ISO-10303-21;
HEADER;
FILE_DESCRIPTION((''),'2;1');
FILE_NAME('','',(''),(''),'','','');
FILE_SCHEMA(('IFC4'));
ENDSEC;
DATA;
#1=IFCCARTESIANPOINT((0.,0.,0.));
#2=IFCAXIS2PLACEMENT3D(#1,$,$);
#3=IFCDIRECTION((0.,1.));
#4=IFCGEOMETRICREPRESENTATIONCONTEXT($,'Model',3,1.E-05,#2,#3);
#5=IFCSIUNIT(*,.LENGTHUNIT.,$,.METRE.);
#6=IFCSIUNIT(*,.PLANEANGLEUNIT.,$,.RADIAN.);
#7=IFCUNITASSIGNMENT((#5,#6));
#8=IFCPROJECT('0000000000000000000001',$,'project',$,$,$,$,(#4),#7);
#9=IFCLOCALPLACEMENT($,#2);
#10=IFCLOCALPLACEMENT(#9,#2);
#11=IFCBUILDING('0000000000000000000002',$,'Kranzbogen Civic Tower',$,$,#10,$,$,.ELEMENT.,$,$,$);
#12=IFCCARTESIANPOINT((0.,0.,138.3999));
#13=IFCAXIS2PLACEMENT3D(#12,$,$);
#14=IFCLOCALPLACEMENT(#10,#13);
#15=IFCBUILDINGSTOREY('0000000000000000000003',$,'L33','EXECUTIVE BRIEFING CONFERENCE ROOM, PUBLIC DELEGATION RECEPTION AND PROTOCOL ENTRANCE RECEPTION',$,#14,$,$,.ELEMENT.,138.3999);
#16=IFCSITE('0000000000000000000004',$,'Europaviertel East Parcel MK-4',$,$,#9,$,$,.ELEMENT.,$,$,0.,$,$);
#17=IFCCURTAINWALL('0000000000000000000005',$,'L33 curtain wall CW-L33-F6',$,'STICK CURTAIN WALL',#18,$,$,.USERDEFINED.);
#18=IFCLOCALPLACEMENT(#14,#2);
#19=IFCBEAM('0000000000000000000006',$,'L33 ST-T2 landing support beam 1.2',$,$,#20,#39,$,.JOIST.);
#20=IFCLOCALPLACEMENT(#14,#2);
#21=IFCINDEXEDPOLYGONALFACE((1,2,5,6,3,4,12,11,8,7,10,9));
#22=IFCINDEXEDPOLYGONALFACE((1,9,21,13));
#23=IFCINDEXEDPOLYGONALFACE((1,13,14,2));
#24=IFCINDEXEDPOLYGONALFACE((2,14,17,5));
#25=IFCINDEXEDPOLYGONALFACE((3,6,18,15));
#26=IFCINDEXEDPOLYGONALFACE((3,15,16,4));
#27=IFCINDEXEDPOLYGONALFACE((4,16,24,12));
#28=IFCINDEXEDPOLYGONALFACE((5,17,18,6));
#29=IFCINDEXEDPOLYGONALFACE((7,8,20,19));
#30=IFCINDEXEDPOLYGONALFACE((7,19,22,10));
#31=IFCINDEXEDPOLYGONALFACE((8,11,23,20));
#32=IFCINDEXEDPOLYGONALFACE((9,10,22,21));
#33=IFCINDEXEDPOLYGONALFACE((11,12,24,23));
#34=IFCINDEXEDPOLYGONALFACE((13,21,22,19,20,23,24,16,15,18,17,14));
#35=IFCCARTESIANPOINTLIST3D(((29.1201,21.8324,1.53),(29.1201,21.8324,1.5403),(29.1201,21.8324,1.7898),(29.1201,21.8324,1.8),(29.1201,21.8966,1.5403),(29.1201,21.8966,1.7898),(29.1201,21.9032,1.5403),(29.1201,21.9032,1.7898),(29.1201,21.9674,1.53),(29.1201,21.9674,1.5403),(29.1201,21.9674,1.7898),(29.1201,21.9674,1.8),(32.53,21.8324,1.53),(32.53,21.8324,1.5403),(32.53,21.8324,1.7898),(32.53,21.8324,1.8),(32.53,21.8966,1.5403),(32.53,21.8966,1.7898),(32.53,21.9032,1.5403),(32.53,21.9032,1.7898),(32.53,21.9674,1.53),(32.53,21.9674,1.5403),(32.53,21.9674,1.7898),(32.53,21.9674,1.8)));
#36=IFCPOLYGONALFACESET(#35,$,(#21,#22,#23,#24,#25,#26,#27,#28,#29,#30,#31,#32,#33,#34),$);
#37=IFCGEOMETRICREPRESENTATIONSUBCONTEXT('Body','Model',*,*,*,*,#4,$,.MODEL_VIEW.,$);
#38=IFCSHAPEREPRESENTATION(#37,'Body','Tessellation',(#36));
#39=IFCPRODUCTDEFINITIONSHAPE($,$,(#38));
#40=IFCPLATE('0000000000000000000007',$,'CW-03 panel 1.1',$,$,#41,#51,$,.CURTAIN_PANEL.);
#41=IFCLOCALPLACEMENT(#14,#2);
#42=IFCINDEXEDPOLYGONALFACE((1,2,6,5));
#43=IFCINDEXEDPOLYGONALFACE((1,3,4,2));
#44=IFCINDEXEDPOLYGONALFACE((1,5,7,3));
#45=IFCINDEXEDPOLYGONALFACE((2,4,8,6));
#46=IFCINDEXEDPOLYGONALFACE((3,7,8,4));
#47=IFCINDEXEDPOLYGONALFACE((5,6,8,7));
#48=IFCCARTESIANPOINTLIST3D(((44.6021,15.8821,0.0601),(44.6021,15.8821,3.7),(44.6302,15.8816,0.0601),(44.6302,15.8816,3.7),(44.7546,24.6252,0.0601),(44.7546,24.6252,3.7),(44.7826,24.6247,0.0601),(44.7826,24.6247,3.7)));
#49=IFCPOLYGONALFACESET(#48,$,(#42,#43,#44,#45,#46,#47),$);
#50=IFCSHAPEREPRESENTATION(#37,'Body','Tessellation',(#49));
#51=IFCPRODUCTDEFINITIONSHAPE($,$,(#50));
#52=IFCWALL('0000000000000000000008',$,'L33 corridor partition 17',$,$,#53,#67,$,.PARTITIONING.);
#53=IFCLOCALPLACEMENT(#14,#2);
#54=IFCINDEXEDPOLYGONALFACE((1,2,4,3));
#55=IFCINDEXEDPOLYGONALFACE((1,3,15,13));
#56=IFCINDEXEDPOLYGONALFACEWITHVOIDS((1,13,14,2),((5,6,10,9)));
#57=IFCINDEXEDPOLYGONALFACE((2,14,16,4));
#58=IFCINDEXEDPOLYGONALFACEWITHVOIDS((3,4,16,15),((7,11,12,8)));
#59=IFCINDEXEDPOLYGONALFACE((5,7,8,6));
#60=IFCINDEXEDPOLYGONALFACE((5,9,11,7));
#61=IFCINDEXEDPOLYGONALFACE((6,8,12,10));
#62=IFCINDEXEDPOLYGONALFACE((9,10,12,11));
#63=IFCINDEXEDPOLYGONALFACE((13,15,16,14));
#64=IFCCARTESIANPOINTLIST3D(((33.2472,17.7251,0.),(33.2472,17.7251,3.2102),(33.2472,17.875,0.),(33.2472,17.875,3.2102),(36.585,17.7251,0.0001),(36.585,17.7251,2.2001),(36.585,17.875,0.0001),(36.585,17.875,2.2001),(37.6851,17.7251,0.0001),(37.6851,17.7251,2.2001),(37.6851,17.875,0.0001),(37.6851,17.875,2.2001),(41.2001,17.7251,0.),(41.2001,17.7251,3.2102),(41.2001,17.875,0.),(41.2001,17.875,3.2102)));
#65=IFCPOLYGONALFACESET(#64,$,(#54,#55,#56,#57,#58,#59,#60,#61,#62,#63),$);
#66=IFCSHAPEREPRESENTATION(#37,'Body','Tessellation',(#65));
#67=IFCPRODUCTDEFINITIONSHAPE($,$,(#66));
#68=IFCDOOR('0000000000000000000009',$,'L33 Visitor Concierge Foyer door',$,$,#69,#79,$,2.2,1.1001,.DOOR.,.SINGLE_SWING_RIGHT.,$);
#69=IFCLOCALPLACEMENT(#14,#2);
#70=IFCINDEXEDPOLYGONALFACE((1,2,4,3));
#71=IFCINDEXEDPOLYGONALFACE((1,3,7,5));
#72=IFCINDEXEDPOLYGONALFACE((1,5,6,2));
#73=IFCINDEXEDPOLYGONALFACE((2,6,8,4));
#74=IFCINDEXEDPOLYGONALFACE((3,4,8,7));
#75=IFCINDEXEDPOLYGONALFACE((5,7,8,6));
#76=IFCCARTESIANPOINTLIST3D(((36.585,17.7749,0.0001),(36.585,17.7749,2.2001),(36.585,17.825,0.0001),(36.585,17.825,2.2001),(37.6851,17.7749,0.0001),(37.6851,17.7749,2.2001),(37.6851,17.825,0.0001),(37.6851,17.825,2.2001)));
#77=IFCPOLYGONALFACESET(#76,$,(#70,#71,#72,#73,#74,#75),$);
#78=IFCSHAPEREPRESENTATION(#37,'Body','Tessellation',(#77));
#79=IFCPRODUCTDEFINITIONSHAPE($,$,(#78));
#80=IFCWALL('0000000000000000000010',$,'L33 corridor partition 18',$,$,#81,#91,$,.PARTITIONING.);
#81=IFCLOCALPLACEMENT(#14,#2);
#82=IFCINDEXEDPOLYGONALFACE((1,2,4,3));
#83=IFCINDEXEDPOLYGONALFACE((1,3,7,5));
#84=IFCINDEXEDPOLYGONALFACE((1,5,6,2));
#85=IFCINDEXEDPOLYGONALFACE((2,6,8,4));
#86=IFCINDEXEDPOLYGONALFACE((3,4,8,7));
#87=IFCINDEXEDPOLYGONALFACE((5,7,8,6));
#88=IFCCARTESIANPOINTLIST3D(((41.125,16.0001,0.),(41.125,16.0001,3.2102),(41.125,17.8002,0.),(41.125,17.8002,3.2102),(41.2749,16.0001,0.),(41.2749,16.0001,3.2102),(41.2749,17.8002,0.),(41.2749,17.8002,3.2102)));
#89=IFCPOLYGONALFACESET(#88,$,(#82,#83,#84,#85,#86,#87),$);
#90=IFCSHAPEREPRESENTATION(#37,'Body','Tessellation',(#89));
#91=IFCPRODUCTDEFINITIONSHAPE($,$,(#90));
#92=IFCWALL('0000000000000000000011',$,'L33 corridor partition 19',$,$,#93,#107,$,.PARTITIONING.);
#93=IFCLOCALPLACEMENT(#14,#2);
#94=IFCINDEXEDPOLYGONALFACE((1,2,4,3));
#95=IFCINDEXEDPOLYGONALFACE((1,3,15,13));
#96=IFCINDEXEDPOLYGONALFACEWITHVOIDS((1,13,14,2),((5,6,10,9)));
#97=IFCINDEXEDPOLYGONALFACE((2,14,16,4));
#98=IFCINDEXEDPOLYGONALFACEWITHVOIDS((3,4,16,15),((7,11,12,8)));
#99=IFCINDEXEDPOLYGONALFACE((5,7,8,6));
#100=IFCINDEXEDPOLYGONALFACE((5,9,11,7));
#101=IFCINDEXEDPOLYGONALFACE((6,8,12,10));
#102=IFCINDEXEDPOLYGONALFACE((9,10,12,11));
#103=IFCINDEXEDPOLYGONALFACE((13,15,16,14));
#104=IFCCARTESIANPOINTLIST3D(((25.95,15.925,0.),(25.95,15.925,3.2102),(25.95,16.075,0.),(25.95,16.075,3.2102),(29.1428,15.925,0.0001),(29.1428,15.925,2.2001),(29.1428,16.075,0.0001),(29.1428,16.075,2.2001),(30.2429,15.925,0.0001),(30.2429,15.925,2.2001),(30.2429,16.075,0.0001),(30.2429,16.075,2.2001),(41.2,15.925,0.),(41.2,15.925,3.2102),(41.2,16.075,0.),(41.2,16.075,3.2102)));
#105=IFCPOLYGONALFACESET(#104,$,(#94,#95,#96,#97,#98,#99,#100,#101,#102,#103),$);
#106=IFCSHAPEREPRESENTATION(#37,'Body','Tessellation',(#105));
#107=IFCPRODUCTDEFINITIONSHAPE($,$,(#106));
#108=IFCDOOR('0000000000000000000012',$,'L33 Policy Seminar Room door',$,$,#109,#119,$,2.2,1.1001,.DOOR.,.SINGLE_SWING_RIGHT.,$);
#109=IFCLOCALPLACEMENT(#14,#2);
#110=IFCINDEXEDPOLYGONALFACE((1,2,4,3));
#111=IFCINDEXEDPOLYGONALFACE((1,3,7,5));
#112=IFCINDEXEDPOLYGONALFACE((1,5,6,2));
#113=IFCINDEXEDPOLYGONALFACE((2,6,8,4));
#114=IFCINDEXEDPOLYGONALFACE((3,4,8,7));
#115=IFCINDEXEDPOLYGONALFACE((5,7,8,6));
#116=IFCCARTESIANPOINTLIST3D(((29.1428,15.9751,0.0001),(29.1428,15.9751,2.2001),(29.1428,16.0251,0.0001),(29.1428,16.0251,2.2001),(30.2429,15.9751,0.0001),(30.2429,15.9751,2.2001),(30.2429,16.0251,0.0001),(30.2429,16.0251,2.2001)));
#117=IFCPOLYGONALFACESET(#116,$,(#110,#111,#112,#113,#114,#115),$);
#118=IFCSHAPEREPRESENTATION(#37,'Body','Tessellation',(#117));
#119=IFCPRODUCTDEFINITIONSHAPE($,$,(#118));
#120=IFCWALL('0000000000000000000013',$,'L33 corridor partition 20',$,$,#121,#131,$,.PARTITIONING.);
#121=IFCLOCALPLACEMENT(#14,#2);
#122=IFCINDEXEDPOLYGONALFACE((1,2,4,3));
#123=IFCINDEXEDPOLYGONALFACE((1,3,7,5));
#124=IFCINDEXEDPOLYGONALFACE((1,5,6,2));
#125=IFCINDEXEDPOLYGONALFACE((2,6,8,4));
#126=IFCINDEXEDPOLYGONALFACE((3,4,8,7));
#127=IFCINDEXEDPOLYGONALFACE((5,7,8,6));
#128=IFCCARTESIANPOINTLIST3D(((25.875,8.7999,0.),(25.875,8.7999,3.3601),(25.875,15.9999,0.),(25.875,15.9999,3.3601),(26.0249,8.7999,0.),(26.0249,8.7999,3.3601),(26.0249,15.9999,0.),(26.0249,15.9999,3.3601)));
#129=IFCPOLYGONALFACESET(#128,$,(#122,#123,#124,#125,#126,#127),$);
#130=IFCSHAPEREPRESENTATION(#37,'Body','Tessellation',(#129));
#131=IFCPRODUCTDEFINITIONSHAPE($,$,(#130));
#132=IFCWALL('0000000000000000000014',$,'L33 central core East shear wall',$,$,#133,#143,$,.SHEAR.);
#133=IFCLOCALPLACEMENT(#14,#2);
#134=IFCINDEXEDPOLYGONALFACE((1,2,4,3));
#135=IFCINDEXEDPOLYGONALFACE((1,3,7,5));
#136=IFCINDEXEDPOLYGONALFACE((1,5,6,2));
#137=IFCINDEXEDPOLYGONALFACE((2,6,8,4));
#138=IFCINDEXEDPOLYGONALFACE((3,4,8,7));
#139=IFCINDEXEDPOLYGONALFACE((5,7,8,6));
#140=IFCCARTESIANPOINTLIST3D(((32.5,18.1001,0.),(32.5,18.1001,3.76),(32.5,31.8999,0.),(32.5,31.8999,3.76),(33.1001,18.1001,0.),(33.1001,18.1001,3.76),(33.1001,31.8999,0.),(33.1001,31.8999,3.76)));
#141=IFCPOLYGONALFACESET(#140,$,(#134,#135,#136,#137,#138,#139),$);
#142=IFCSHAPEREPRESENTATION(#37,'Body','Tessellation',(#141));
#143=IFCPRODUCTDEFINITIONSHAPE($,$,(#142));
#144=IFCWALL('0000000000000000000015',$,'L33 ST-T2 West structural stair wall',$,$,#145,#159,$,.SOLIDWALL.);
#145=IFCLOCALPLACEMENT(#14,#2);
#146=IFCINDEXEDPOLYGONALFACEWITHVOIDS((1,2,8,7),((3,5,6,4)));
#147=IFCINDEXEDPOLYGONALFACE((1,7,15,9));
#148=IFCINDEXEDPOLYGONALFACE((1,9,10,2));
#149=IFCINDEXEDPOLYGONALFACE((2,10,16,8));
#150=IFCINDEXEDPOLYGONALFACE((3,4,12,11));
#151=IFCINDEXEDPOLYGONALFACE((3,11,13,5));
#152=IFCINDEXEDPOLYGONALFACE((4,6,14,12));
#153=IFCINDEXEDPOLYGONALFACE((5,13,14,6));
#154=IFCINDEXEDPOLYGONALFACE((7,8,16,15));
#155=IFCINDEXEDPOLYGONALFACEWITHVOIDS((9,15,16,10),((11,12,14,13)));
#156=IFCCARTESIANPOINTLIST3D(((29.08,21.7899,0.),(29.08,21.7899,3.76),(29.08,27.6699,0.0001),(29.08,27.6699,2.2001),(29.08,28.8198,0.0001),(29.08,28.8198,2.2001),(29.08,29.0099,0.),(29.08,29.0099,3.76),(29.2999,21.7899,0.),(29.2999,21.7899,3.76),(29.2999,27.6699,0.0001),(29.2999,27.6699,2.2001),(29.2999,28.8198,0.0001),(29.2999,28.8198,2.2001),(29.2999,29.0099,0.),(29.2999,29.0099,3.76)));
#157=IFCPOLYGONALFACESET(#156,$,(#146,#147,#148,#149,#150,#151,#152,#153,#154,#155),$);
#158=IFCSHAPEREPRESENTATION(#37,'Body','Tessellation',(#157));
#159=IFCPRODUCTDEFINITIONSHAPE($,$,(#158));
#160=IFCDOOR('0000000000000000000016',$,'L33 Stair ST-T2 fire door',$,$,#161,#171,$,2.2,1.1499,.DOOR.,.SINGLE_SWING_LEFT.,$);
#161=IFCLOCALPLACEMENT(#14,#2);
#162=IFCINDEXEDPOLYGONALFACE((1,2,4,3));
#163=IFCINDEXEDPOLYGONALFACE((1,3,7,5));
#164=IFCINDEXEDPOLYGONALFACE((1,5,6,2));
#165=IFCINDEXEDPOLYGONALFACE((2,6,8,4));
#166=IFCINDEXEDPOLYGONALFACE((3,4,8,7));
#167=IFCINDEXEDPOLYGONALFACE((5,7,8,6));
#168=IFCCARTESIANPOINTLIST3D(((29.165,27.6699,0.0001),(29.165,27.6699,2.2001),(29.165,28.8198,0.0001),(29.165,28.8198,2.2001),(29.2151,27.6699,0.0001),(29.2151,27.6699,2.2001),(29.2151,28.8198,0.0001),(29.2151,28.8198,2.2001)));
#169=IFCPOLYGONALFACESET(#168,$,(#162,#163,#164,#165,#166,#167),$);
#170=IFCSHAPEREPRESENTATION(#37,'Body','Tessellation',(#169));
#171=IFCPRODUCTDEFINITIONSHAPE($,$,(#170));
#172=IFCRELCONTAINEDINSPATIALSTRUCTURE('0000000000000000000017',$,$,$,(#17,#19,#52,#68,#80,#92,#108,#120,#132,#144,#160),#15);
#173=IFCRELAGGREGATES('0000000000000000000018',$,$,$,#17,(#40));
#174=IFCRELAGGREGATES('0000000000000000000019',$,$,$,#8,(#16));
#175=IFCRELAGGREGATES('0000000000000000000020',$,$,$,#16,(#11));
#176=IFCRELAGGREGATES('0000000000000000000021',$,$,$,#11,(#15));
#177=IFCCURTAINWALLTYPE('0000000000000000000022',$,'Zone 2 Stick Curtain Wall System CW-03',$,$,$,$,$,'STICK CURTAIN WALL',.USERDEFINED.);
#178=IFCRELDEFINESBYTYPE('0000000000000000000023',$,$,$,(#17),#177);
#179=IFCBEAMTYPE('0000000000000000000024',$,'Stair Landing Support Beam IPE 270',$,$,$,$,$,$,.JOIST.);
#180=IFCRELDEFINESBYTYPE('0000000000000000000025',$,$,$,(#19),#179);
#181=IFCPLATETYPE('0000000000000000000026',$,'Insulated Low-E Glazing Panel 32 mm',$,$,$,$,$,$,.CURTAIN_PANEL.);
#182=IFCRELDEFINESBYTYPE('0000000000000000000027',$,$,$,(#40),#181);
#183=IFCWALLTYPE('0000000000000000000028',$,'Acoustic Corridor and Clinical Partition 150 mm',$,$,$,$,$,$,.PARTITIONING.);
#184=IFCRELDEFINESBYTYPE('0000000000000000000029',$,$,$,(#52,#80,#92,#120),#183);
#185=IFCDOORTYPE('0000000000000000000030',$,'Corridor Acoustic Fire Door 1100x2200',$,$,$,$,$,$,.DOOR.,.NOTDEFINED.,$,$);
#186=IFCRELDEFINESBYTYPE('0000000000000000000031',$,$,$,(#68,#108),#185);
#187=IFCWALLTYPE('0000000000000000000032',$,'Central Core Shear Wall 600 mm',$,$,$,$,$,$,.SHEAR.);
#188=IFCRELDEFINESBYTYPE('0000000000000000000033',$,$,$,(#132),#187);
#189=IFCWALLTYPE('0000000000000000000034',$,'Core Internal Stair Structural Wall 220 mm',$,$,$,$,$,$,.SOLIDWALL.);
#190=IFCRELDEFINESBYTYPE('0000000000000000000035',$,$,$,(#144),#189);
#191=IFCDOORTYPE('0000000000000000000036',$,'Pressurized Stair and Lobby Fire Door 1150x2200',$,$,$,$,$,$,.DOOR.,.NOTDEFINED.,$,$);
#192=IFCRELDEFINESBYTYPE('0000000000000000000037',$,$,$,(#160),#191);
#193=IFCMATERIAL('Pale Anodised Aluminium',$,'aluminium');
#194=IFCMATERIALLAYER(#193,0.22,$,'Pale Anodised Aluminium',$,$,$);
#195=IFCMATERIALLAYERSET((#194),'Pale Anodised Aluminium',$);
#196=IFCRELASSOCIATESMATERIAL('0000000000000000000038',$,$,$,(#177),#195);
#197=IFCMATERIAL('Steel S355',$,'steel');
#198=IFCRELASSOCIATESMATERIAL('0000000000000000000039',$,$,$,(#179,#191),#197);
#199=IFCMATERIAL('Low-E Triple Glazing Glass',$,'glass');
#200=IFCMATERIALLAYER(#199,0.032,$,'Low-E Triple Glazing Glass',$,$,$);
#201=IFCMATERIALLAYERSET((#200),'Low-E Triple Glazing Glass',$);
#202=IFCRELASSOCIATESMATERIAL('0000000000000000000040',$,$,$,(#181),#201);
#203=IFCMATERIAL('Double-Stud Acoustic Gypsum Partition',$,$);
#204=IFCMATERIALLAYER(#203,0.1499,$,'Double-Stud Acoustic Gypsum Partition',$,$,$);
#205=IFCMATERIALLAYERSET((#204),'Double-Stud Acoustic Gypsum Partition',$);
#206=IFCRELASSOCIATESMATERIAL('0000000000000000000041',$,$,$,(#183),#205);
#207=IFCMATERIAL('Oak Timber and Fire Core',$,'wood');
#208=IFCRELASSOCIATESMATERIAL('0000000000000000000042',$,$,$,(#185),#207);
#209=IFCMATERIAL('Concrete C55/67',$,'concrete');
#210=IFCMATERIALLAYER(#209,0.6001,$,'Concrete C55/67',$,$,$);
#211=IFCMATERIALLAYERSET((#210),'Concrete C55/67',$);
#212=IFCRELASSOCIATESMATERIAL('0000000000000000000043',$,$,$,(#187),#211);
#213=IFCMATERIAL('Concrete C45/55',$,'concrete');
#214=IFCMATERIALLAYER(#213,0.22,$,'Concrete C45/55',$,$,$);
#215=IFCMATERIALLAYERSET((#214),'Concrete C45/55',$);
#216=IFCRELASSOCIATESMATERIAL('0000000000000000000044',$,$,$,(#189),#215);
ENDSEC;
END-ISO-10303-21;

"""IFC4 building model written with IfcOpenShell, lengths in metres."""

from ifc_helpers import new_model, si_unit, direction, frame, frame_2d, origin, origin_2d, place, context, subcontext, project, spatial, rectangle, i_section, extrude, material, layer, layer_set, material_profile, profile_set, type_object, element, fill, aggregate, save


model = new_model("IFC4")

# Units and contexts
model_context = context("Model", 3, precision=1e-05, world=origin(), true_north=direction((0.0, 1.0)))
body_context = subcontext(model_context, "Body", "Model", "MODEL_VIEW")
ifc_project = project(units=[si_unit("LENGTHUNIT", "METRE"), si_unit("PLANEANGLEUNIT", "RADIAN")], contexts=[model_context])

# Site, building, storey
site_placement = place(None, origin())
site = spatial("IfcSite", under=ifc_project, at=site_placement, Name="Europaviertel East Parcel MK-4", CompositionType="ELEMENT", RefElevation=0.0)
building_placement = place(site_placement, origin())
building = spatial("IfcBuilding", under=site, at=building_placement, Name="Kranzbogen Civic Tower", CompositionType="ELEMENT")
storey_placement = place(building_placement, frame((0.0, 0.0, 138.3999)))
storey = spatial("IfcBuildingStorey", under=building, at=storey_placement, Name="L33", Description="EXECUTIVE BRIEFING CONFERENCE ROOM, PUBLIC DELEGATION RECEPTION AND PROTOCOL ENTRANCE RECEPTION", CompositionType="ELEMENT", Elevation=138.3999)

# Shared definitions
ifc_material_1 = material(Name="Steel S355", Category="steel")

# Curtain wall
ifc_material_2 = material(Name="Pale Anodised Aluminium", Category="aluminium")
ifc_layer_1 = layer(ifc_material_2, 0.22, Name="Pale Anodised Aluminium")
ifc_layer_set_1 = layer_set([ifc_layer_1], Name="Pale Anodised Aluminium")
curtain_wall_type = type_object("IfcCurtainWallType", Name="Zone 2 Stick Curtain Wall System CW-03", ElementType="STICK CURTAIN WALL", PredefinedType="USERDEFINED", material=ifc_layer_set_1)
curtain_wall_placement = place(storey_placement, origin())
curtain_wall = element("IfcCurtainWall", 1, at=curtain_wall_placement, inside=storey, type_object=curtain_wall_type, Name="L33 curtain wall CW-L33-F6", ObjectType="STICK CURTAIN WALL", PredefinedType="USERDEFINED")

# Beam
ifc_material_profile_1 = material_profile(ifc_material_1, i_section(OverallWidth=0.135, OverallDepth=0.27, WebThickness=0.0066, FlangeThickness=0.0103, at=origin_2d()), Name="IPE 270")
ifc_profile_set_1 = profile_set([ifc_material_profile_1], Name="Steel S355")
beam_type_1 = type_object("IfcBeamType", Name="Stair Landing Support Beam IPE 270", PredefinedType="JOIST", material=ifc_profile_set_1)
for number, where, z_axis, x_axis, name in (
    (2, (29.1201, 21.8999, 1.665), (1.0, 0.0, 0.0), (0.0, 1.0, 0.0), "L33 ST-T2 landing support beam 1.2"),
):
    element("IfcBeam", number, at=place(storey_placement, frame(where, z_axis=z_axis, x_axis=x_axis)), inside=storey, type_object=beam_type_1, Name=name, PredefinedType="JOIST", context=body_context, shape_type="SweptSolid", body=[
        extrude(i_section(OverallWidth=0.135, OverallDepth=0.27, WebThickness=0.0066, FlangeThickness=0.0103, at=origin_2d()), origin(), (0.0, 0.0, 1.0), 3.4099),
    ])

# Plate
ifc_material_3 = material(Name="Low-E Triple Glazing Glass", Category="glass")
ifc_layer_2 = layer(ifc_material_3, 0.032, Name="Low-E Triple Glazing Glass")
ifc_layer_set_2 = layer_set([ifc_layer_2], Name="Low-E Triple Glazing Glass")
plate_type = type_object("IfcPlateType", Name="Insulated Low-E Glazing Panel 32 mm", PredefinedType="CURTAIN_PANEL", material=ifc_layer_set_2)
plate_placement = place(storey_placement, frame((44.6924, 20.2534, 0.0601), z_axis=(0.0, 0.0, 1.0), x_axis=(0.017432, 0.999848, 0.0)))
plate = element("IfcPlate", 3, at=plate_placement, type_object=plate_type, Name="CW-03 panel 1.1", PredefinedType="CURTAIN_PANEL", context=body_context, shape_type="SweptSolid", body=[
    extrude(rectangle(XDim=8.7444, YDim=0.0281, at=origin_2d()), origin(), (0.0, 0.0, 1.0), 3.6399),
])
aggregate(curtain_wall, [plate])

# Wall, opening, door
ifc_material_4 = material(Name="Double-Stud Acoustic Gypsum Partition")
ifc_layer_3 = layer(ifc_material_4, 0.1499, Name="Double-Stud Acoustic Gypsum Partition")
ifc_layer_set_3 = layer_set([ifc_layer_3], Name="Double-Stud Acoustic Gypsum Partition")
wall_type_1 = type_object("IfcWallType", Name="Acoustic Corridor and Clinical Partition 150 mm", PredefinedType="PARTITIONING", material=ifc_layer_set_3)
wall_1_placement = place(storey_placement, frame((33.2471, 17.8, 0.0), z_axis=(0.0, 0.0, 1.0), x_axis=(1.0, 0.0, 0.0)))
wall_1 = element("IfcWall", 4, at=wall_1_placement, inside=storey, type_object=wall_type_1, Name="L33 corridor partition 17", PredefinedType="PARTITIONING", context=body_context, shape_type="SweptSolid", body=[
    extrude(rectangle(XDim=7.9529, YDim=0.1499, at=frame_2d((3.9766, 0.0))), origin(), (0.0, 0.0, 1.0), 3.2102),
])
opening_1_placement = place(wall_1_placement, frame((3.3379, 0.0, 0.0)))
opening_1 = element("IfcOpeningElement", 5, at=opening_1_placement, cuts=wall_1, PredefinedType="OPENING", context=body_context, shape_type="SweptSolid", body=[
    extrude(rectangle(XDim=1.1001, YDim=2.2, at=frame_2d((0.55, 1.1001))), frame((0.0, 0.085, 0.0), z_axis=(0.0, -1.0, 0.0), x_axis=(1.0, 0.0, 0.0)), (0.0, 0.0, 1.0), 0.1699),
])
ifc_material_5 = material(Name="Oak Timber and Fire Core", Category="wood")
door_type_1 = type_object("IfcDoorType", Name="Corridor Acoustic Fire Door 1100x2200", OperationType="NOTDEFINED", PredefinedType="DOOR", material=ifc_material_5)
door_1_placement = place(opening_1_placement, origin())
door_1 = element("IfcDoor", 6, at=door_1_placement, inside=storey, type_object=door_type_1, Name="L33 Visitor Concierge Foyer door", OperationType="SINGLE_SWING_RIGHT", OverallHeight=2.2, OverallWidth=1.1001, PredefinedType="DOOR", context=body_context, shape_type="SweptSolid", body=[
    extrude(rectangle(XDim=1.1001, YDim=2.2, at=frame_2d((0.55, 1.1001))), frame((0.0, 0.0249, 0.0), z_axis=(0.0, -1.0, 0.0), x_axis=(1.0, 0.0, 0.0)), (0.0, 0.0, 1.0), 0.05),
])
fill(opening_1, door_1)

# Wall
wall_2_placement = place(storey_placement, frame((41.2, 17.8, 0.0), z_axis=(0.0, 0.0, 1.0), x_axis=(0.0, -1.0, 0.0)))
element("IfcWall", 7, at=wall_2_placement, inside=storey, type_object=wall_type_1, Name="L33 corridor partition 18", PredefinedType="PARTITIONING", context=body_context, shape_type="SweptSolid", body=[
    extrude(rectangle(XDim=1.8, YDim=0.1499, at=frame_2d((0.8999, 0.0))), origin(), (0.0, 0.0, 1.0), 3.2102),
])

# Wall, opening, door
wall_3_placement = place(storey_placement, frame((41.2, 16.0, 0.0), z_axis=(0.0, 0.0, 1.0), x_axis=(-1.0, 0.0, 0.0)))
wall_3 = element("IfcWall", 8, at=wall_3_placement, inside=storey, type_object=wall_type_1, Name="L33 corridor partition 19", PredefinedType="PARTITIONING", context=body_context, shape_type="SweptSolid", body=[
    extrude(rectangle(XDim=15.25, YDim=0.1499, at=frame_2d((7.625, 0.0))), origin(), (0.0, 0.0, 1.0), 3.2102),
])
opening_2_placement = place(wall_3_placement, frame((10.957, 0.0, 0.0)))
opening_2 = element("IfcOpeningElement", 9, at=opening_2_placement, cuts=wall_3, PredefinedType="OPENING", context=body_context, shape_type="SweptSolid", body=[
    extrude(rectangle(XDim=1.1001, YDim=2.2, at=frame_2d((0.55, 1.1001))), frame((0.0, 0.085, 0.0), z_axis=(0.0, -1.0, 0.0), x_axis=(1.0, 0.0, 0.0)), (0.0, 0.0, 1.0), 0.1699),
])
door_2_placement = place(opening_2_placement, origin())
door_2 = element("IfcDoor", 10, at=door_2_placement, inside=storey, type_object=door_type_1, Name="L33 Policy Seminar Room door", OperationType="SINGLE_SWING_RIGHT", OverallHeight=2.2, OverallWidth=1.1001, PredefinedType="DOOR", context=body_context, shape_type="SweptSolid", body=[
    extrude(rectangle(XDim=1.1001, YDim=2.2, at=frame_2d((0.55, 1.1001))), frame((0.0, 0.0249, 0.0), z_axis=(0.0, -1.0, 0.0), x_axis=(1.0, 0.0, 0.0)), (0.0, 0.0, 1.0), 0.05),
])
fill(opening_2, door_2)

# Walls
wall_4_placement = place(storey_placement, frame((25.95, 16.0, 0.0), z_axis=(0.0, 0.0, 1.0), x_axis=(0.0, -1.0, 0.0)))
element("IfcWall", 11, at=wall_4_placement, inside=storey, type_object=wall_type_1, Name="L33 corridor partition 20", PredefinedType="PARTITIONING", context=body_context, shape_type="SweptSolid", body=[
    extrude(rectangle(XDim=7.2, YDim=0.1499, at=frame_2d((3.6001, 0.0))), origin(), (0.0, 0.0, 1.0), 3.3601),
])
ifc_material_6 = material(Name="Concrete C55/67", Category="concrete")
ifc_layer_4 = layer(ifc_material_6, 0.6001, Name="Concrete C55/67")
ifc_layer_set_4 = layer_set([ifc_layer_4], Name="Concrete C55/67")
wall_type_2 = type_object("IfcWallType", Name="Central Core Shear Wall 600 mm", PredefinedType="SHEAR", material=ifc_layer_set_4)
wall_5_placement = place(storey_placement, frame((32.8, 18.1001, 0.0), z_axis=(0.0, 0.0, 1.0), x_axis=(0.0, 1.0, 0.0)))
element("IfcWall", 12, at=wall_5_placement, inside=storey, type_object=wall_type_2, Name="L33 central core East shear wall", PredefinedType="SHEAR", context=body_context, shape_type="SweptSolid", body=[
    extrude(rectangle(XDim=13.7998, YDim=0.6001, at=frame_2d((6.8999, 0.0))), origin(), (0.0, 0.0, 1.0), 3.76),
])

# Wall, opening, door
ifc_material_7 = material(Name="Concrete C45/55", Category="concrete")
ifc_layer_5 = layer(ifc_material_7, 0.22, Name="Concrete C45/55")
ifc_layer_set_5 = layer_set([ifc_layer_5], Name="Concrete C45/55")
wall_type_3 = type_object("IfcWallType", Name="Core Internal Stair Structural Wall 220 mm", PredefinedType="SOLIDWALL", material=ifc_layer_set_5)
wall_6_placement = place(storey_placement, frame((29.1899, 21.79, 0.0), z_axis=(0.0, 0.0, 1.0), x_axis=(0.0, 1.0, 0.0)))
wall_6 = element("IfcWall", 13, at=wall_6_placement, inside=storey, type_object=wall_type_3, Name="L33 ST-T2 West structural stair wall", PredefinedType="SOLIDWALL", context=body_context, shape_type="SweptSolid", body=[
    extrude(rectangle(XDim=7.22, YDim=0.22, at=frame_2d((3.6099, 0.0))), origin(), (0.0, 0.0, 1.0), 3.76),
])
opening_3_placement = place(wall_6_placement, frame((5.8799, 0.0, 0.0)))
opening_3 = element("IfcOpeningElement", 14, at=opening_3_placement, cuts=wall_6, PredefinedType="OPENING", context=body_context, shape_type="SweptSolid", body=[
    extrude(rectangle(XDim=1.1499, YDim=2.2, at=frame_2d((0.575, 1.1001))), frame((0.0, 0.1201, 0.0), z_axis=(0.0, -1.0, 0.0), x_axis=(1.0, 0.0, 0.0)), (0.0, 0.0, 1.0), 0.24),
])
door_type_2 = type_object("IfcDoorType", Name="Pressurized Stair and Lobby Fire Door 1150x2200", OperationType="NOTDEFINED", PredefinedType="DOOR", material=ifc_material_1)
door_3_placement = place(opening_3_placement, origin())
door_3 = element("IfcDoor", 15, at=door_3_placement, inside=storey, type_object=door_type_2, Name="L33 Stair ST-T2 fire door", OperationType="SINGLE_SWING_LEFT", OverallHeight=2.2, OverallWidth=1.1499, PredefinedType="DOOR", context=body_context, shape_type="SweptSolid", body=[
    extrude(rectangle(XDim=1.1499, YDim=2.2, at=frame_2d((0.575, 1.1001))), frame((0.0, 0.0249, 0.0), z_axis=(0.0, -1.0, 0.0), x_axis=(1.0, 0.0, 0.0)), (0.0, 0.0, 1.0), 0.05),
])
fill(opening_3, door_3)

save(model, "model.ifc")
